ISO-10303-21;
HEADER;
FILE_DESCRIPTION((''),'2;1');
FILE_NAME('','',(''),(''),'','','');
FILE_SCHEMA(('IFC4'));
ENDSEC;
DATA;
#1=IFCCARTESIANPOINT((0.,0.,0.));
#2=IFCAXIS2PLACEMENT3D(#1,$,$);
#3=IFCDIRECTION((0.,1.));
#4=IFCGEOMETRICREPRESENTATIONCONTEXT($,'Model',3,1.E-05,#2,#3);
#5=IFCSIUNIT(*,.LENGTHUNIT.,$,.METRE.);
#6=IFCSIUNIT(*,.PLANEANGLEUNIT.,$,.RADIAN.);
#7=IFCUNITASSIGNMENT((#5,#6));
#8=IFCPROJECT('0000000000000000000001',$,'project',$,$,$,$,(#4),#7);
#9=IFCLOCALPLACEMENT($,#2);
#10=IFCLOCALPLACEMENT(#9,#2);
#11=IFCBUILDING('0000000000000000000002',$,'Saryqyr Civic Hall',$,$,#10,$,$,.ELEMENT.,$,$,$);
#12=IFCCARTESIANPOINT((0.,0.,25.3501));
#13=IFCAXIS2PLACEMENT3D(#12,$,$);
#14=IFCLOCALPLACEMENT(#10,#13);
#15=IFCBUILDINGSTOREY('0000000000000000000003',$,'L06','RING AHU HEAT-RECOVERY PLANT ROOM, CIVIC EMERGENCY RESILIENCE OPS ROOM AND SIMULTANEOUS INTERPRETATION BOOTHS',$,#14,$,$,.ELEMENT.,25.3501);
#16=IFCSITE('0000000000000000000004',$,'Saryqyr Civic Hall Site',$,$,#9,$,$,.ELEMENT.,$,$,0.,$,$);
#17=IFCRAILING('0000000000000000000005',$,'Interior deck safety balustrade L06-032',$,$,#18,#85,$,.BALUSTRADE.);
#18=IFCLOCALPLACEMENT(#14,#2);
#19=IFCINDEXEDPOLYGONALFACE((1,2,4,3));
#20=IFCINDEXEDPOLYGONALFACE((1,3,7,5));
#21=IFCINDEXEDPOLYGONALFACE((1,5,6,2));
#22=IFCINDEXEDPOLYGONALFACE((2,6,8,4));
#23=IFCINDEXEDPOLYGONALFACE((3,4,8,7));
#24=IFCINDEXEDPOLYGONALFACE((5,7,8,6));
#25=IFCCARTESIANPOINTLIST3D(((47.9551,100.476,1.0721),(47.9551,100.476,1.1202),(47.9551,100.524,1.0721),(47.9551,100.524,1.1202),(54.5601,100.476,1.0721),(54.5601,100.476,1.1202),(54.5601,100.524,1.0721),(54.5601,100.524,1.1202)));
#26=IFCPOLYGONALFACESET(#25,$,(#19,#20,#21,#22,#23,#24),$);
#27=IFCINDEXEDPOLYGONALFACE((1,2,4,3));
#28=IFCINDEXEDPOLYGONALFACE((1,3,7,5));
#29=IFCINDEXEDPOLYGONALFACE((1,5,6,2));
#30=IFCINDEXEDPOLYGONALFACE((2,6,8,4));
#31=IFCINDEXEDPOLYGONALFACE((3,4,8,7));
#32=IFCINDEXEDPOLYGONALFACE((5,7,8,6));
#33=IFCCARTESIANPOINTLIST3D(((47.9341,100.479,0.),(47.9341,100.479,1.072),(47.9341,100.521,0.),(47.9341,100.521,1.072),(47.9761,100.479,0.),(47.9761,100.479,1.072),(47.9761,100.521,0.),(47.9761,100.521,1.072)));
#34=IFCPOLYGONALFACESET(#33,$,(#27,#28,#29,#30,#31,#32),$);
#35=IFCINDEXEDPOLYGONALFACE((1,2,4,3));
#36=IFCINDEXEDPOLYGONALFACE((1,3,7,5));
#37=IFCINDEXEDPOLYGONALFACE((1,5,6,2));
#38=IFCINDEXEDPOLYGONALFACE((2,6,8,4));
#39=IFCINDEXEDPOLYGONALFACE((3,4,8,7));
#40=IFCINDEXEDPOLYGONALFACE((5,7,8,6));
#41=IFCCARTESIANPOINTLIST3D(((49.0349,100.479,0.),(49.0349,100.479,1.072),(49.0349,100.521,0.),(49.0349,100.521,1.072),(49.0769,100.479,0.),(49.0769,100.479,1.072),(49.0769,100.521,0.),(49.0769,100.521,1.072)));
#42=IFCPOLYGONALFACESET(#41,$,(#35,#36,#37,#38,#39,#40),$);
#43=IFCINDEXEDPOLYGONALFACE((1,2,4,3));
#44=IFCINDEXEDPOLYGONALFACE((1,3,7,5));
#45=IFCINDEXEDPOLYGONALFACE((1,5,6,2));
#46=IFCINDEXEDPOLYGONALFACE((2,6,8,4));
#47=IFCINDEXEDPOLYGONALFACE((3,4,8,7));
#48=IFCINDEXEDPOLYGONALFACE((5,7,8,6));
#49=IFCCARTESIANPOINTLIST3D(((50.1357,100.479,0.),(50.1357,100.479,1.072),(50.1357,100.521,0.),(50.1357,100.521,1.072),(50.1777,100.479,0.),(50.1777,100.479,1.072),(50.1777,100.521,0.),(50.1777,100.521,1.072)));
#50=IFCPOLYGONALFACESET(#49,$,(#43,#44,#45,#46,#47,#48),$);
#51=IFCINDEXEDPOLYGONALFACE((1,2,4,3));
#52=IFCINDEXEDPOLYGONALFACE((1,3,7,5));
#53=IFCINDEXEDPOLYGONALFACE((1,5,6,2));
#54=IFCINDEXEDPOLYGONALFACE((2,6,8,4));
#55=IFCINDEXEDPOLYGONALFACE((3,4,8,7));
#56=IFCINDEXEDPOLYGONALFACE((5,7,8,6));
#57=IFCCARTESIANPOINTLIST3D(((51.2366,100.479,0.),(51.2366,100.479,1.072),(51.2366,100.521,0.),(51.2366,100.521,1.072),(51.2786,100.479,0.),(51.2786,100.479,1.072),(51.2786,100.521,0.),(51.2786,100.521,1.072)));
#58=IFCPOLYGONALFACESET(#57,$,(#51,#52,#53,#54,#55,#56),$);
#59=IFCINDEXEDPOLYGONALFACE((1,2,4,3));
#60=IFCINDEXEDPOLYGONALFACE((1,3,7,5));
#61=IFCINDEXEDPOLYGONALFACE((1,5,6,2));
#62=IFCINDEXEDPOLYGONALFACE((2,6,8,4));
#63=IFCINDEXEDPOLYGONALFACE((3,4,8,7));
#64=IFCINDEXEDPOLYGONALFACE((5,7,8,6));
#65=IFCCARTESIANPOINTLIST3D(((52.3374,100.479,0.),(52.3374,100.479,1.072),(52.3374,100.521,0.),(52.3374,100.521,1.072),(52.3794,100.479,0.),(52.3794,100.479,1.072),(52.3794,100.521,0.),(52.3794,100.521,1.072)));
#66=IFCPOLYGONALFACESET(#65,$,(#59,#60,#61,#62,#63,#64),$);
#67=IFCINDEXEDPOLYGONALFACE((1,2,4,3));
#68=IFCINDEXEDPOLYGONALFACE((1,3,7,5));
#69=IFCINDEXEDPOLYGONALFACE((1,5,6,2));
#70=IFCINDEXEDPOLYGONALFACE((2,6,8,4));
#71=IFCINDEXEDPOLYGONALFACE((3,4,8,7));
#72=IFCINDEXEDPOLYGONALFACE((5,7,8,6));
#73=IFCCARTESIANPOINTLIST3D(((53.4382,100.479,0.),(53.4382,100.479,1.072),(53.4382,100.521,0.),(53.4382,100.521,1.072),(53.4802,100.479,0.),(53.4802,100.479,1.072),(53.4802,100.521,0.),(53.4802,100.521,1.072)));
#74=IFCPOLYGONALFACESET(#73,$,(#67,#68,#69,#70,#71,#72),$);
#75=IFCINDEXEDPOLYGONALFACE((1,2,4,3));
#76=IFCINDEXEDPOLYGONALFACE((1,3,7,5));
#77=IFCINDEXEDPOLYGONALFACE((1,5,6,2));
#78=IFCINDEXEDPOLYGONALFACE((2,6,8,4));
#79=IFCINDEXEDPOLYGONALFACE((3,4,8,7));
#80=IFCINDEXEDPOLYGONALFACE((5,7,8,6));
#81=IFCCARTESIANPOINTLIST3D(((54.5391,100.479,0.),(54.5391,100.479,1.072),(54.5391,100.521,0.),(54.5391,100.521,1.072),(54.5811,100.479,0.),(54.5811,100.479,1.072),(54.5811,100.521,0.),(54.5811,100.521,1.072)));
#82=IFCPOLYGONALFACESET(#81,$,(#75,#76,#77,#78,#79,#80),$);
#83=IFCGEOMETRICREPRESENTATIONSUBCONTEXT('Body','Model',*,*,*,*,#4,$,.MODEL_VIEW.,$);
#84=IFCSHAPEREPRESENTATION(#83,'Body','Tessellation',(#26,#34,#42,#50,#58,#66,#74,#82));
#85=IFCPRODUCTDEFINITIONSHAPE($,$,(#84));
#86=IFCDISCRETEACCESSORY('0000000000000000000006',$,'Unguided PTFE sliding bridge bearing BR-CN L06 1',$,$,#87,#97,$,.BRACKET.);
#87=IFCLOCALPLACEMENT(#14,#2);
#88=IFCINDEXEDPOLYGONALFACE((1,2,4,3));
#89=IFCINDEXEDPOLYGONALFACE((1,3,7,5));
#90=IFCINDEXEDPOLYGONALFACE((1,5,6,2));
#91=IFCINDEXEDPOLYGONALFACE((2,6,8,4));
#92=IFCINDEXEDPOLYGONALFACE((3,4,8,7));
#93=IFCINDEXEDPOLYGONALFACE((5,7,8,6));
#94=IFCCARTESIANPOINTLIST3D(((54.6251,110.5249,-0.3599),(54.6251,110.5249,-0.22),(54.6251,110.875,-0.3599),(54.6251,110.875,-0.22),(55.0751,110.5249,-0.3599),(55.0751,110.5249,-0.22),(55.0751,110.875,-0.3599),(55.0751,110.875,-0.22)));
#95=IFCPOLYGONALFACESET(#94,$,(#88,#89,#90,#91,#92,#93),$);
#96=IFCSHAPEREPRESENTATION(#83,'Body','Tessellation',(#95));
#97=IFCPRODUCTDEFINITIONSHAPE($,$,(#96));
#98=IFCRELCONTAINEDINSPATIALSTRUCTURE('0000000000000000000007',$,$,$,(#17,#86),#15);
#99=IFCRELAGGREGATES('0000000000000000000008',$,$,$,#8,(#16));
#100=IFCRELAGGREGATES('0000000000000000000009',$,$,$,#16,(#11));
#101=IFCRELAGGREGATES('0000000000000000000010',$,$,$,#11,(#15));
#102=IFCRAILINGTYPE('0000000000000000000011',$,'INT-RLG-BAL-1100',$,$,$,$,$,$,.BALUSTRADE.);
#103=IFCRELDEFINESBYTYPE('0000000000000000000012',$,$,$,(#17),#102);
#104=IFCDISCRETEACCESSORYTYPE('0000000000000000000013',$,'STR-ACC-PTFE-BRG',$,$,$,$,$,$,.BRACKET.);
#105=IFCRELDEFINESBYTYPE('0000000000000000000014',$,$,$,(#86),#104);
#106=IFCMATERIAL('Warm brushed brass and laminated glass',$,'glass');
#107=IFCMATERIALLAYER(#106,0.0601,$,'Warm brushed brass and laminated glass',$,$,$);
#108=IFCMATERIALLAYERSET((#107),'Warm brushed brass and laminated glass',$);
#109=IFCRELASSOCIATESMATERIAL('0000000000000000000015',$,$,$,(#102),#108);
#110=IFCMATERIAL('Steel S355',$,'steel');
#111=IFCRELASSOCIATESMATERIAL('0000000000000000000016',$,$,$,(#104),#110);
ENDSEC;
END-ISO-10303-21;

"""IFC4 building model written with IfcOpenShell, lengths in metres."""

from ifc_helpers import new_model, si_unit, direction, frame, origin, origin_2d, place, context, subcontext, project, spatial, rectangle, extrude, material, layer, layer_set, type_object, element, save


model = new_model("IFC4")

# Units and contexts
model_context = context("Model", 3, precision=1e-05, world=origin(), true_north=direction((0.0, 1.0)))
body_context = subcontext(model_context, "Body", "Model", "MODEL_VIEW")
ifc_project = project(units=[si_unit("LENGTHUNIT", "METRE"), si_unit("PLANEANGLEUNIT", "RADIAN")], contexts=[model_context])

# Site, building, storey
site_placement = place(None, origin())
site = spatial("IfcSite", under=ifc_project, at=site_placement, Name="Saryqyr Civic Hall Site", CompositionType="ELEMENT", RefElevation=0.0)
building_placement = place(site_placement, origin())
building = spatial("IfcBuilding", under=site, at=building_placement, Name="Saryqyr Civic Hall", CompositionType="ELEMENT")
storey_placement = place(building_placement, frame((0.0, 0.0, 25.3501)))
storey = spatial("IfcBuildingStorey", under=building, at=storey_placement, Name="L06", Description="RING AHU HEAT-RECOVERY PLANT ROOM, CIVIC EMERGENCY RESILIENCE OPS ROOM AND SIMULTANEOUS INTERPRETATION BOOTHS", CompositionType="ELEMENT", Elevation=25.3501)

# Shared definitions
ifc_material_1 = material(Name="Steel S355", Category="steel")

# Railing
ifc_material_2 = material(Name="Warm brushed brass and laminated glass", Category="glass")
ifc_layer_1 = layer(ifc_material_2, 0.0601, Name="Warm brushed brass and laminated glass")
ifc_layer_set_1 = layer_set([ifc_layer_1], Name="Warm brushed brass and laminated glass")
railing_type = type_object("IfcRailingType", Name="INT-RLG-BAL-1100", PredefinedType="BALUSTRADE", material=ifc_layer_set_1)
railing_placement = place(storey_placement, frame((47.9551, 100.5, 0.0)))
element("IfcRailing", 1, at=railing_placement, inside=storey, type_object=railing_type, Name="Interior deck safety balustrade L06-032", PredefinedType="BALUSTRADE", context=body_context, shape_type="SweptSolid", body=[
    extrude(rectangle(XDim=0.0481, YDim=0.0481, at=origin_2d()), frame((0.0, 0.0, 1.0962), z_axis=(1.0, 0.0, 0.0), x_axis=(0.0, 1.0, 0.0)), (0.0, 0.0, 1.0), 6.605),
    extrude(rectangle(XDim=0.042, YDim=0.042, at=origin_2d()), origin(), (0.0, 0.0, 1.0), 1.072),
    extrude(rectangle(XDim=0.042, YDim=0.042, at=origin_2d()), frame((1.1008, 0.0, 0.0)), (0.0, 0.0, 1.0), 1.072),
    extrude(rectangle(XDim=0.042, YDim=0.042, at=origin_2d()), frame((2.2017, 0.0, 0.0)), (0.0, 0.0, 1.0), 1.072),
    extrude(rectangle(XDim=0.042, YDim=0.042, at=origin_2d()), frame((3.3025, 0.0, 0.0)), (0.0, 0.0, 1.0), 1.072),
    extrude(rectangle(XDim=0.042, YDim=0.042, at=origin_2d()), frame((4.4033, 0.0, 0.0)), (0.0, 0.0, 1.0), 1.072),
    extrude(rectangle(XDim=0.042, YDim=0.042, at=origin_2d()), frame((5.5042, 0.0, 0.0)), (0.0, 0.0, 1.0), 1.072),
    extrude(rectangle(XDim=0.042, YDim=0.042, at=origin_2d()), frame((6.605, 0.0, 0.0)), (0.0, 0.0, 1.0), 1.072),
])

# Discrete accessory
discrete_accessory_type = type_object("IfcDiscreteAccessoryType", Name="STR-ACC-PTFE-BRG", PredefinedType="BRACKET", material=ifc_material_1)
discrete_accessory_placement = place(storey_placement, frame((54.8501, 110.7, -0.3599), z_axis=(0.0, 0.0, 1.0), x_axis=(1.0, 0.0, 0.0)))
element("IfcDiscreteAccessory", 2, at=discrete_accessory_placement, inside=storey, type_object=discrete_accessory_type, Name="Unguided PTFE sliding bridge bearing BR-CN L06 1", PredefinedType="BRACKET", context=body_context, shape_type="SweptSolid", body=[
    extrude(rectangle(XDim=0.45, YDim=0.3501, at=origin_2d()), origin(), (0.0, 0.0, 1.0), 0.1399),
])

save(model, "model.ifc")
